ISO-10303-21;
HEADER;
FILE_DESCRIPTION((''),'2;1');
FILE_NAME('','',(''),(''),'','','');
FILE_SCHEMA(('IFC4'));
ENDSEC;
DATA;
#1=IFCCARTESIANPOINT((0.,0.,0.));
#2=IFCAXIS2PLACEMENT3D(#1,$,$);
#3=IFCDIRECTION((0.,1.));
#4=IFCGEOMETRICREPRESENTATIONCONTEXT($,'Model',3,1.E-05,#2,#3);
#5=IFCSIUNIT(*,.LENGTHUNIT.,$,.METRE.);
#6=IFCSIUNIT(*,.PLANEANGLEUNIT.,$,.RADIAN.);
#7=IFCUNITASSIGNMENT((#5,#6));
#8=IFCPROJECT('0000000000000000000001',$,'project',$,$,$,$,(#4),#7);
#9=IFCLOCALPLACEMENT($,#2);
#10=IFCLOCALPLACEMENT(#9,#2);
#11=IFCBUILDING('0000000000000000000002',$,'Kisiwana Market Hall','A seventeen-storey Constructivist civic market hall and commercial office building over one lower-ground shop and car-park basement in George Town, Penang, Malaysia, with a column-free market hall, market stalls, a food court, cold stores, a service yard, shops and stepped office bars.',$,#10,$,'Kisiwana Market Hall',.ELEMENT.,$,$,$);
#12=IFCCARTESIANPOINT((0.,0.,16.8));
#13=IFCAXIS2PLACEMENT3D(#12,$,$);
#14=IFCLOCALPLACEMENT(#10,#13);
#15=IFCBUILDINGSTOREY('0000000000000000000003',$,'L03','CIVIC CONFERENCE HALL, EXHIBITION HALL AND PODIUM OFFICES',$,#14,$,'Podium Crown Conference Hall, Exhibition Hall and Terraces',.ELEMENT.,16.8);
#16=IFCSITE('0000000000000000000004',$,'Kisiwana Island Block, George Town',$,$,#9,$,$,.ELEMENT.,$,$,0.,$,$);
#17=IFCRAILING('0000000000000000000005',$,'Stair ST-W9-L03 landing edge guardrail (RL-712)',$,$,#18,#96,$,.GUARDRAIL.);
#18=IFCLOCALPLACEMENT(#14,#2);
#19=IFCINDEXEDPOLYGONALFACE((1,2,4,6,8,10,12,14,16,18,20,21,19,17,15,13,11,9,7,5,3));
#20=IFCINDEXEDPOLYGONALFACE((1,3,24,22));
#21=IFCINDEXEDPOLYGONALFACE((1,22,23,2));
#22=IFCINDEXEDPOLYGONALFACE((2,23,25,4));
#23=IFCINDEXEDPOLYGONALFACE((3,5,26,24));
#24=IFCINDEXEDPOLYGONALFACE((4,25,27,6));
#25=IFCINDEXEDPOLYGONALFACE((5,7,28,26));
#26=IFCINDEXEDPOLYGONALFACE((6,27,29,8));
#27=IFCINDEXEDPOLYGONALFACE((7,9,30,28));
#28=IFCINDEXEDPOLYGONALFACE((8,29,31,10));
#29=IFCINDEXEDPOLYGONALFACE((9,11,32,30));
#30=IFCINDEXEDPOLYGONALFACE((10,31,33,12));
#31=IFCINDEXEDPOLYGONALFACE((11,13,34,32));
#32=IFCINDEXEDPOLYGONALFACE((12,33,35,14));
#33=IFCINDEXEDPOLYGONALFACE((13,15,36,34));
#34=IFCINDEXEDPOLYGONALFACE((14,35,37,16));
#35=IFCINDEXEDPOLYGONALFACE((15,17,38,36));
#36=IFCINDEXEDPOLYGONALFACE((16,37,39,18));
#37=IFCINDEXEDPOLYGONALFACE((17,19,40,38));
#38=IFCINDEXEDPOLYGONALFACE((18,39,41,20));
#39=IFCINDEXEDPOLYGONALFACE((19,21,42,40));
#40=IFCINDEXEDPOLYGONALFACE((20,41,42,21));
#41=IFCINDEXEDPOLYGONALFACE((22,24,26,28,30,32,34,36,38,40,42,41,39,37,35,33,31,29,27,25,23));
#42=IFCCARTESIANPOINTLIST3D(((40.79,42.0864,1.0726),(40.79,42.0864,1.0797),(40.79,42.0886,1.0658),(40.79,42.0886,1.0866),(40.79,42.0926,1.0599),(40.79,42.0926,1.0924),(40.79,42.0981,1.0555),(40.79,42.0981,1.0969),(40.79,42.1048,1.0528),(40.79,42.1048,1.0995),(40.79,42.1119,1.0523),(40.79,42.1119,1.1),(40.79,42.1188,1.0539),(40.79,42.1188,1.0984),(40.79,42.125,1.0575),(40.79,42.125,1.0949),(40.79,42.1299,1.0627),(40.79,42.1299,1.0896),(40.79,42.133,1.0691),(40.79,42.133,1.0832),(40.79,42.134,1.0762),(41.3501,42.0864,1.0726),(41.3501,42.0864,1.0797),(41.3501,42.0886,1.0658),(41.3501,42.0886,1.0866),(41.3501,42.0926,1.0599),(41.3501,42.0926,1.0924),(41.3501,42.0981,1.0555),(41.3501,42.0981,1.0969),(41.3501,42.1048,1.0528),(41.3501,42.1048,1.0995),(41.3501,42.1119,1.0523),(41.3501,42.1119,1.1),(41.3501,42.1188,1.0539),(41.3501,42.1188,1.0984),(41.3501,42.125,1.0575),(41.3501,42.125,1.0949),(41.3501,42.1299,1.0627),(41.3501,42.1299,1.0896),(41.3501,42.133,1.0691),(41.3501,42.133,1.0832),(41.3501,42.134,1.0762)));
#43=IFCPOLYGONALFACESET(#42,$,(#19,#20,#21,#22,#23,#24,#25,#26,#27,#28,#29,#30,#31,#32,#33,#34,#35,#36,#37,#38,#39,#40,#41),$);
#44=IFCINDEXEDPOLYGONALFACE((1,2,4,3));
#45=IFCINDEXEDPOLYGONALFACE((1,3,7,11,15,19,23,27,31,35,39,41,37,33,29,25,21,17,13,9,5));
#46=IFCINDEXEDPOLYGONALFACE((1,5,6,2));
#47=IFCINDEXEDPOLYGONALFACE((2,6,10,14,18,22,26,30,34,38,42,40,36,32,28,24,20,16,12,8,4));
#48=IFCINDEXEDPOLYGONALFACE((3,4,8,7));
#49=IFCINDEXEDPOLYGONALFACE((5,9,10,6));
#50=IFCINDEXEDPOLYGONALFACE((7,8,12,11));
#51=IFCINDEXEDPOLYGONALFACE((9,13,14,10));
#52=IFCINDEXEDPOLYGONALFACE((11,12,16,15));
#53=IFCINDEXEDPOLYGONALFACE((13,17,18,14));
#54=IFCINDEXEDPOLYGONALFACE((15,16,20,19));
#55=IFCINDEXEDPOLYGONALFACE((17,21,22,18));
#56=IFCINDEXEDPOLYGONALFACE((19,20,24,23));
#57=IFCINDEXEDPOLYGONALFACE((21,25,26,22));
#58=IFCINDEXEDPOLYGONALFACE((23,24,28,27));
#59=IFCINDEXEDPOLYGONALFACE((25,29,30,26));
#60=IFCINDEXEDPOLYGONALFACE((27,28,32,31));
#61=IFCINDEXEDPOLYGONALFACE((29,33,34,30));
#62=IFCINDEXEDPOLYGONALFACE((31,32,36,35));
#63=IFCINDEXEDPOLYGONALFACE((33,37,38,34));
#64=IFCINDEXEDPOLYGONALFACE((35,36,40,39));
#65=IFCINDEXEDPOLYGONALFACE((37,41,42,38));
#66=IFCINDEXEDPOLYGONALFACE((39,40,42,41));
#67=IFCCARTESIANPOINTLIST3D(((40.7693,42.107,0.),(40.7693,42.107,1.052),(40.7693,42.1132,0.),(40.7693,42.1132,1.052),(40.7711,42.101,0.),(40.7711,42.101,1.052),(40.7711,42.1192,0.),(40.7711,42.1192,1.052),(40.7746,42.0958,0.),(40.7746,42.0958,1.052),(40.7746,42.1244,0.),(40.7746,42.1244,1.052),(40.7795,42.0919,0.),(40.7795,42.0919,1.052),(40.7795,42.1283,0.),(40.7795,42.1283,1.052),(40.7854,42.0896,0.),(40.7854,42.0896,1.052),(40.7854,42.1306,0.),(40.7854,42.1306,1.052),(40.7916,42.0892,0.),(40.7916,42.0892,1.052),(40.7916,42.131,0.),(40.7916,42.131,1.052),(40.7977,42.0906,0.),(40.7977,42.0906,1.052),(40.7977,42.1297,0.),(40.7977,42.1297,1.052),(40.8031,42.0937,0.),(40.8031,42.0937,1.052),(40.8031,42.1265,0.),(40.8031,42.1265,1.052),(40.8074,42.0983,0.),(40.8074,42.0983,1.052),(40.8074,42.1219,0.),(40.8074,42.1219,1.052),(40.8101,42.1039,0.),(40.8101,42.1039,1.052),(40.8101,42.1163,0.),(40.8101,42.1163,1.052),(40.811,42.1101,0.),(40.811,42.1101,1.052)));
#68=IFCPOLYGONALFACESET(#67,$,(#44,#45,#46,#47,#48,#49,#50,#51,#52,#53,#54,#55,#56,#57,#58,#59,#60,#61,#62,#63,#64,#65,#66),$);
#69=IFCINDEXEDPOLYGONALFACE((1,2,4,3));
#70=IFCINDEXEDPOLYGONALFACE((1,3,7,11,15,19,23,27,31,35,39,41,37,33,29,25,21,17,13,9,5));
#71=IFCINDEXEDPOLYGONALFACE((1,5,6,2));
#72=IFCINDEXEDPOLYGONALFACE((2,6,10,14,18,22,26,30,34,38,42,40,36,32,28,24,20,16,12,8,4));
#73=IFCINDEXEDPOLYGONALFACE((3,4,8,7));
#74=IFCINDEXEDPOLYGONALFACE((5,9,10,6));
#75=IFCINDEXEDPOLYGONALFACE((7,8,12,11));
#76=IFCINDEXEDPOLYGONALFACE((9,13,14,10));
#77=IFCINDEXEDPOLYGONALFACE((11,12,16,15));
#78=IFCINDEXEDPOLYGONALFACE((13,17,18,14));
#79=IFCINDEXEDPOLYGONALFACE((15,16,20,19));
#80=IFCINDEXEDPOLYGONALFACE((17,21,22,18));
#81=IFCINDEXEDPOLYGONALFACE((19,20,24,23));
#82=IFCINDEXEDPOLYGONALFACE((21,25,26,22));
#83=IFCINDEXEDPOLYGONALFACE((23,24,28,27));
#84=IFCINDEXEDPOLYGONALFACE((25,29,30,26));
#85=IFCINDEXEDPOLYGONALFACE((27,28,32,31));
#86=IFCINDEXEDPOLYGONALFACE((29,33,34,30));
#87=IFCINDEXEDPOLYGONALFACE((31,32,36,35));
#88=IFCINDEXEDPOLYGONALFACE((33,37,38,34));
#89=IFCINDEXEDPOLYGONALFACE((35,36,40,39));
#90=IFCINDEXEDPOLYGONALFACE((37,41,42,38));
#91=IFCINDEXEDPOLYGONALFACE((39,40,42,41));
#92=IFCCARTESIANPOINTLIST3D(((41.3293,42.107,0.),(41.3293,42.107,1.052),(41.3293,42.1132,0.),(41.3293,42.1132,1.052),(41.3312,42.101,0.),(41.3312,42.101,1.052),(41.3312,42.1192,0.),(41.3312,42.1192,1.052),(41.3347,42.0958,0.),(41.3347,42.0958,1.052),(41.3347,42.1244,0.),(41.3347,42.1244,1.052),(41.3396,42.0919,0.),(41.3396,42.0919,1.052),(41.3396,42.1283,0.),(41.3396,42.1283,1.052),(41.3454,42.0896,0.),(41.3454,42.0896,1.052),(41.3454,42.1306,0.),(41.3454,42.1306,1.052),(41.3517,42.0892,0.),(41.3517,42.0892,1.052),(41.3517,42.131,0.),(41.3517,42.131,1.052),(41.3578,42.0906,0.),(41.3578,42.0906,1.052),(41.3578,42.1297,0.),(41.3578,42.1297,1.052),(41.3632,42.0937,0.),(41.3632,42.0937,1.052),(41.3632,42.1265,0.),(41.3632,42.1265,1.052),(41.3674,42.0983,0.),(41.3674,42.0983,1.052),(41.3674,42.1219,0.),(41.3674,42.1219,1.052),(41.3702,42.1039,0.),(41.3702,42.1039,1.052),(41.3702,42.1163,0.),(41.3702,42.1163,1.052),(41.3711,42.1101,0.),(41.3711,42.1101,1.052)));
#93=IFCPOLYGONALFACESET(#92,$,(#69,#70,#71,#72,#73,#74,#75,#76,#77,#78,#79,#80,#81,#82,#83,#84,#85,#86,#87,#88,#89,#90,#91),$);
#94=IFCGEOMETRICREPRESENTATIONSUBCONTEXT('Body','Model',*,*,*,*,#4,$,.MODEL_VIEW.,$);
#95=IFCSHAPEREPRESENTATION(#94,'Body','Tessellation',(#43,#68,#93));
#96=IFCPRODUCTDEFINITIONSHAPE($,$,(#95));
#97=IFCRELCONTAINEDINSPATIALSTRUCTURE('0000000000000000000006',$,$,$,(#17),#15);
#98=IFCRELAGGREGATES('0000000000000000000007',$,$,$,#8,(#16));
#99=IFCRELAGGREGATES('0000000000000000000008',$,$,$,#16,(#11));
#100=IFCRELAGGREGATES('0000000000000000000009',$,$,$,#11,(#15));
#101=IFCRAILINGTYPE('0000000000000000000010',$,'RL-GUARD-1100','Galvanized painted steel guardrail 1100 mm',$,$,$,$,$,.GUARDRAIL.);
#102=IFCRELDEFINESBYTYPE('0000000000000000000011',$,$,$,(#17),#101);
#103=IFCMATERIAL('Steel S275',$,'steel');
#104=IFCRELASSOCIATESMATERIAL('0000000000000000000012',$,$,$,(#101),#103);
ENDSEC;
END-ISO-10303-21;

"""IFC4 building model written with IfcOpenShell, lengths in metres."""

from ifc_helpers import new_model, si_unit, direction, frame, origin, origin_2d, place, context, subcontext, project, spatial, circle, extrude, material, type_object, element, save


model = new_model("IFC4")

# Units and contexts
model_context = context("Model", 3, precision=1e-05, world=origin(), true_north=direction((0.0, 1.0)))
body_context = subcontext(model_context, "Body", "Model", "MODEL_VIEW")
ifc_project = project(units=[si_unit("LENGTHUNIT", "METRE"), si_unit("PLANEANGLEUNIT", "RADIAN")], contexts=[model_context])

# Site, building, storey
site_placement = place(None, origin())
site = spatial("IfcSite", under=ifc_project, at=site_placement, Name="Kisiwana Island Block, George Town", CompositionType="ELEMENT", RefElevation=0.0)
building_placement = place(site_placement, origin())
building = spatial("IfcBuilding", under=site, at=building_placement, Name="Kisiwana Market Hall", Description="A seventeen-storey Constructivist civic market hall and commercial office building over one lower-ground shop and car-park basement in George Town, Penang, Malaysia, with a column-free market hall, market stalls, a food court, cold stores, a service yard, shops and stepped office bars.", LongName="Kisiwana Market Hall", CompositionType="ELEMENT")
storey_placement = place(building_placement, frame((0.0, 0.0, 16.8)))
storey = spatial("IfcBuildingStorey", under=building, at=storey_placement, Name="L03", Description="CIVIC CONFERENCE HALL, EXHIBITION HALL AND PODIUM OFFICES", LongName="Podium Crown Conference Hall, Exhibition Hall and Terraces", CompositionType="ELEMENT", Elevation=16.8)

# Railing
ifc_material_1 = material(Name="Steel S275", Category="steel")
railing_type_1 = type_object("IfcRailingType", Name="RL-GUARD-1100", Description="Galvanized painted steel guardrail 1100 mm", PredefinedType="GUARDRAIL", material=ifc_material_1)
railing_1_placement = place(storey_placement, frame((40.79, 42.1101, 0.0)))
element("IfcRailing", 1, at=railing_1_placement, inside=storey, type_object=railing_type_1, Name="Stair ST-W9-L03 landing edge guardrail (RL-712)", PredefinedType="GUARDRAIL", context=body_context, shape_type="SweptSolid", body=[
    extrude(circle(Radius=0.0239, at=origin_2d()), frame((0.0, 0.0, 1.0762), z_axis=(1.0, 0.0, 0.0), x_axis=(0.0, 1.0, 0.0)), (0.0, 0.0, 1.0), 0.5601),
    extrude(circle(Radius=0.021, at=origin_2d()), origin(), (0.0, 0.0, 1.0), 1.052),
    extrude(circle(Radius=0.021, at=origin_2d()), frame((0.5601, 0.0, 0.0)), (0.0, 0.0, 1.0), 1.052),
])

save(model, "model.ifc")
